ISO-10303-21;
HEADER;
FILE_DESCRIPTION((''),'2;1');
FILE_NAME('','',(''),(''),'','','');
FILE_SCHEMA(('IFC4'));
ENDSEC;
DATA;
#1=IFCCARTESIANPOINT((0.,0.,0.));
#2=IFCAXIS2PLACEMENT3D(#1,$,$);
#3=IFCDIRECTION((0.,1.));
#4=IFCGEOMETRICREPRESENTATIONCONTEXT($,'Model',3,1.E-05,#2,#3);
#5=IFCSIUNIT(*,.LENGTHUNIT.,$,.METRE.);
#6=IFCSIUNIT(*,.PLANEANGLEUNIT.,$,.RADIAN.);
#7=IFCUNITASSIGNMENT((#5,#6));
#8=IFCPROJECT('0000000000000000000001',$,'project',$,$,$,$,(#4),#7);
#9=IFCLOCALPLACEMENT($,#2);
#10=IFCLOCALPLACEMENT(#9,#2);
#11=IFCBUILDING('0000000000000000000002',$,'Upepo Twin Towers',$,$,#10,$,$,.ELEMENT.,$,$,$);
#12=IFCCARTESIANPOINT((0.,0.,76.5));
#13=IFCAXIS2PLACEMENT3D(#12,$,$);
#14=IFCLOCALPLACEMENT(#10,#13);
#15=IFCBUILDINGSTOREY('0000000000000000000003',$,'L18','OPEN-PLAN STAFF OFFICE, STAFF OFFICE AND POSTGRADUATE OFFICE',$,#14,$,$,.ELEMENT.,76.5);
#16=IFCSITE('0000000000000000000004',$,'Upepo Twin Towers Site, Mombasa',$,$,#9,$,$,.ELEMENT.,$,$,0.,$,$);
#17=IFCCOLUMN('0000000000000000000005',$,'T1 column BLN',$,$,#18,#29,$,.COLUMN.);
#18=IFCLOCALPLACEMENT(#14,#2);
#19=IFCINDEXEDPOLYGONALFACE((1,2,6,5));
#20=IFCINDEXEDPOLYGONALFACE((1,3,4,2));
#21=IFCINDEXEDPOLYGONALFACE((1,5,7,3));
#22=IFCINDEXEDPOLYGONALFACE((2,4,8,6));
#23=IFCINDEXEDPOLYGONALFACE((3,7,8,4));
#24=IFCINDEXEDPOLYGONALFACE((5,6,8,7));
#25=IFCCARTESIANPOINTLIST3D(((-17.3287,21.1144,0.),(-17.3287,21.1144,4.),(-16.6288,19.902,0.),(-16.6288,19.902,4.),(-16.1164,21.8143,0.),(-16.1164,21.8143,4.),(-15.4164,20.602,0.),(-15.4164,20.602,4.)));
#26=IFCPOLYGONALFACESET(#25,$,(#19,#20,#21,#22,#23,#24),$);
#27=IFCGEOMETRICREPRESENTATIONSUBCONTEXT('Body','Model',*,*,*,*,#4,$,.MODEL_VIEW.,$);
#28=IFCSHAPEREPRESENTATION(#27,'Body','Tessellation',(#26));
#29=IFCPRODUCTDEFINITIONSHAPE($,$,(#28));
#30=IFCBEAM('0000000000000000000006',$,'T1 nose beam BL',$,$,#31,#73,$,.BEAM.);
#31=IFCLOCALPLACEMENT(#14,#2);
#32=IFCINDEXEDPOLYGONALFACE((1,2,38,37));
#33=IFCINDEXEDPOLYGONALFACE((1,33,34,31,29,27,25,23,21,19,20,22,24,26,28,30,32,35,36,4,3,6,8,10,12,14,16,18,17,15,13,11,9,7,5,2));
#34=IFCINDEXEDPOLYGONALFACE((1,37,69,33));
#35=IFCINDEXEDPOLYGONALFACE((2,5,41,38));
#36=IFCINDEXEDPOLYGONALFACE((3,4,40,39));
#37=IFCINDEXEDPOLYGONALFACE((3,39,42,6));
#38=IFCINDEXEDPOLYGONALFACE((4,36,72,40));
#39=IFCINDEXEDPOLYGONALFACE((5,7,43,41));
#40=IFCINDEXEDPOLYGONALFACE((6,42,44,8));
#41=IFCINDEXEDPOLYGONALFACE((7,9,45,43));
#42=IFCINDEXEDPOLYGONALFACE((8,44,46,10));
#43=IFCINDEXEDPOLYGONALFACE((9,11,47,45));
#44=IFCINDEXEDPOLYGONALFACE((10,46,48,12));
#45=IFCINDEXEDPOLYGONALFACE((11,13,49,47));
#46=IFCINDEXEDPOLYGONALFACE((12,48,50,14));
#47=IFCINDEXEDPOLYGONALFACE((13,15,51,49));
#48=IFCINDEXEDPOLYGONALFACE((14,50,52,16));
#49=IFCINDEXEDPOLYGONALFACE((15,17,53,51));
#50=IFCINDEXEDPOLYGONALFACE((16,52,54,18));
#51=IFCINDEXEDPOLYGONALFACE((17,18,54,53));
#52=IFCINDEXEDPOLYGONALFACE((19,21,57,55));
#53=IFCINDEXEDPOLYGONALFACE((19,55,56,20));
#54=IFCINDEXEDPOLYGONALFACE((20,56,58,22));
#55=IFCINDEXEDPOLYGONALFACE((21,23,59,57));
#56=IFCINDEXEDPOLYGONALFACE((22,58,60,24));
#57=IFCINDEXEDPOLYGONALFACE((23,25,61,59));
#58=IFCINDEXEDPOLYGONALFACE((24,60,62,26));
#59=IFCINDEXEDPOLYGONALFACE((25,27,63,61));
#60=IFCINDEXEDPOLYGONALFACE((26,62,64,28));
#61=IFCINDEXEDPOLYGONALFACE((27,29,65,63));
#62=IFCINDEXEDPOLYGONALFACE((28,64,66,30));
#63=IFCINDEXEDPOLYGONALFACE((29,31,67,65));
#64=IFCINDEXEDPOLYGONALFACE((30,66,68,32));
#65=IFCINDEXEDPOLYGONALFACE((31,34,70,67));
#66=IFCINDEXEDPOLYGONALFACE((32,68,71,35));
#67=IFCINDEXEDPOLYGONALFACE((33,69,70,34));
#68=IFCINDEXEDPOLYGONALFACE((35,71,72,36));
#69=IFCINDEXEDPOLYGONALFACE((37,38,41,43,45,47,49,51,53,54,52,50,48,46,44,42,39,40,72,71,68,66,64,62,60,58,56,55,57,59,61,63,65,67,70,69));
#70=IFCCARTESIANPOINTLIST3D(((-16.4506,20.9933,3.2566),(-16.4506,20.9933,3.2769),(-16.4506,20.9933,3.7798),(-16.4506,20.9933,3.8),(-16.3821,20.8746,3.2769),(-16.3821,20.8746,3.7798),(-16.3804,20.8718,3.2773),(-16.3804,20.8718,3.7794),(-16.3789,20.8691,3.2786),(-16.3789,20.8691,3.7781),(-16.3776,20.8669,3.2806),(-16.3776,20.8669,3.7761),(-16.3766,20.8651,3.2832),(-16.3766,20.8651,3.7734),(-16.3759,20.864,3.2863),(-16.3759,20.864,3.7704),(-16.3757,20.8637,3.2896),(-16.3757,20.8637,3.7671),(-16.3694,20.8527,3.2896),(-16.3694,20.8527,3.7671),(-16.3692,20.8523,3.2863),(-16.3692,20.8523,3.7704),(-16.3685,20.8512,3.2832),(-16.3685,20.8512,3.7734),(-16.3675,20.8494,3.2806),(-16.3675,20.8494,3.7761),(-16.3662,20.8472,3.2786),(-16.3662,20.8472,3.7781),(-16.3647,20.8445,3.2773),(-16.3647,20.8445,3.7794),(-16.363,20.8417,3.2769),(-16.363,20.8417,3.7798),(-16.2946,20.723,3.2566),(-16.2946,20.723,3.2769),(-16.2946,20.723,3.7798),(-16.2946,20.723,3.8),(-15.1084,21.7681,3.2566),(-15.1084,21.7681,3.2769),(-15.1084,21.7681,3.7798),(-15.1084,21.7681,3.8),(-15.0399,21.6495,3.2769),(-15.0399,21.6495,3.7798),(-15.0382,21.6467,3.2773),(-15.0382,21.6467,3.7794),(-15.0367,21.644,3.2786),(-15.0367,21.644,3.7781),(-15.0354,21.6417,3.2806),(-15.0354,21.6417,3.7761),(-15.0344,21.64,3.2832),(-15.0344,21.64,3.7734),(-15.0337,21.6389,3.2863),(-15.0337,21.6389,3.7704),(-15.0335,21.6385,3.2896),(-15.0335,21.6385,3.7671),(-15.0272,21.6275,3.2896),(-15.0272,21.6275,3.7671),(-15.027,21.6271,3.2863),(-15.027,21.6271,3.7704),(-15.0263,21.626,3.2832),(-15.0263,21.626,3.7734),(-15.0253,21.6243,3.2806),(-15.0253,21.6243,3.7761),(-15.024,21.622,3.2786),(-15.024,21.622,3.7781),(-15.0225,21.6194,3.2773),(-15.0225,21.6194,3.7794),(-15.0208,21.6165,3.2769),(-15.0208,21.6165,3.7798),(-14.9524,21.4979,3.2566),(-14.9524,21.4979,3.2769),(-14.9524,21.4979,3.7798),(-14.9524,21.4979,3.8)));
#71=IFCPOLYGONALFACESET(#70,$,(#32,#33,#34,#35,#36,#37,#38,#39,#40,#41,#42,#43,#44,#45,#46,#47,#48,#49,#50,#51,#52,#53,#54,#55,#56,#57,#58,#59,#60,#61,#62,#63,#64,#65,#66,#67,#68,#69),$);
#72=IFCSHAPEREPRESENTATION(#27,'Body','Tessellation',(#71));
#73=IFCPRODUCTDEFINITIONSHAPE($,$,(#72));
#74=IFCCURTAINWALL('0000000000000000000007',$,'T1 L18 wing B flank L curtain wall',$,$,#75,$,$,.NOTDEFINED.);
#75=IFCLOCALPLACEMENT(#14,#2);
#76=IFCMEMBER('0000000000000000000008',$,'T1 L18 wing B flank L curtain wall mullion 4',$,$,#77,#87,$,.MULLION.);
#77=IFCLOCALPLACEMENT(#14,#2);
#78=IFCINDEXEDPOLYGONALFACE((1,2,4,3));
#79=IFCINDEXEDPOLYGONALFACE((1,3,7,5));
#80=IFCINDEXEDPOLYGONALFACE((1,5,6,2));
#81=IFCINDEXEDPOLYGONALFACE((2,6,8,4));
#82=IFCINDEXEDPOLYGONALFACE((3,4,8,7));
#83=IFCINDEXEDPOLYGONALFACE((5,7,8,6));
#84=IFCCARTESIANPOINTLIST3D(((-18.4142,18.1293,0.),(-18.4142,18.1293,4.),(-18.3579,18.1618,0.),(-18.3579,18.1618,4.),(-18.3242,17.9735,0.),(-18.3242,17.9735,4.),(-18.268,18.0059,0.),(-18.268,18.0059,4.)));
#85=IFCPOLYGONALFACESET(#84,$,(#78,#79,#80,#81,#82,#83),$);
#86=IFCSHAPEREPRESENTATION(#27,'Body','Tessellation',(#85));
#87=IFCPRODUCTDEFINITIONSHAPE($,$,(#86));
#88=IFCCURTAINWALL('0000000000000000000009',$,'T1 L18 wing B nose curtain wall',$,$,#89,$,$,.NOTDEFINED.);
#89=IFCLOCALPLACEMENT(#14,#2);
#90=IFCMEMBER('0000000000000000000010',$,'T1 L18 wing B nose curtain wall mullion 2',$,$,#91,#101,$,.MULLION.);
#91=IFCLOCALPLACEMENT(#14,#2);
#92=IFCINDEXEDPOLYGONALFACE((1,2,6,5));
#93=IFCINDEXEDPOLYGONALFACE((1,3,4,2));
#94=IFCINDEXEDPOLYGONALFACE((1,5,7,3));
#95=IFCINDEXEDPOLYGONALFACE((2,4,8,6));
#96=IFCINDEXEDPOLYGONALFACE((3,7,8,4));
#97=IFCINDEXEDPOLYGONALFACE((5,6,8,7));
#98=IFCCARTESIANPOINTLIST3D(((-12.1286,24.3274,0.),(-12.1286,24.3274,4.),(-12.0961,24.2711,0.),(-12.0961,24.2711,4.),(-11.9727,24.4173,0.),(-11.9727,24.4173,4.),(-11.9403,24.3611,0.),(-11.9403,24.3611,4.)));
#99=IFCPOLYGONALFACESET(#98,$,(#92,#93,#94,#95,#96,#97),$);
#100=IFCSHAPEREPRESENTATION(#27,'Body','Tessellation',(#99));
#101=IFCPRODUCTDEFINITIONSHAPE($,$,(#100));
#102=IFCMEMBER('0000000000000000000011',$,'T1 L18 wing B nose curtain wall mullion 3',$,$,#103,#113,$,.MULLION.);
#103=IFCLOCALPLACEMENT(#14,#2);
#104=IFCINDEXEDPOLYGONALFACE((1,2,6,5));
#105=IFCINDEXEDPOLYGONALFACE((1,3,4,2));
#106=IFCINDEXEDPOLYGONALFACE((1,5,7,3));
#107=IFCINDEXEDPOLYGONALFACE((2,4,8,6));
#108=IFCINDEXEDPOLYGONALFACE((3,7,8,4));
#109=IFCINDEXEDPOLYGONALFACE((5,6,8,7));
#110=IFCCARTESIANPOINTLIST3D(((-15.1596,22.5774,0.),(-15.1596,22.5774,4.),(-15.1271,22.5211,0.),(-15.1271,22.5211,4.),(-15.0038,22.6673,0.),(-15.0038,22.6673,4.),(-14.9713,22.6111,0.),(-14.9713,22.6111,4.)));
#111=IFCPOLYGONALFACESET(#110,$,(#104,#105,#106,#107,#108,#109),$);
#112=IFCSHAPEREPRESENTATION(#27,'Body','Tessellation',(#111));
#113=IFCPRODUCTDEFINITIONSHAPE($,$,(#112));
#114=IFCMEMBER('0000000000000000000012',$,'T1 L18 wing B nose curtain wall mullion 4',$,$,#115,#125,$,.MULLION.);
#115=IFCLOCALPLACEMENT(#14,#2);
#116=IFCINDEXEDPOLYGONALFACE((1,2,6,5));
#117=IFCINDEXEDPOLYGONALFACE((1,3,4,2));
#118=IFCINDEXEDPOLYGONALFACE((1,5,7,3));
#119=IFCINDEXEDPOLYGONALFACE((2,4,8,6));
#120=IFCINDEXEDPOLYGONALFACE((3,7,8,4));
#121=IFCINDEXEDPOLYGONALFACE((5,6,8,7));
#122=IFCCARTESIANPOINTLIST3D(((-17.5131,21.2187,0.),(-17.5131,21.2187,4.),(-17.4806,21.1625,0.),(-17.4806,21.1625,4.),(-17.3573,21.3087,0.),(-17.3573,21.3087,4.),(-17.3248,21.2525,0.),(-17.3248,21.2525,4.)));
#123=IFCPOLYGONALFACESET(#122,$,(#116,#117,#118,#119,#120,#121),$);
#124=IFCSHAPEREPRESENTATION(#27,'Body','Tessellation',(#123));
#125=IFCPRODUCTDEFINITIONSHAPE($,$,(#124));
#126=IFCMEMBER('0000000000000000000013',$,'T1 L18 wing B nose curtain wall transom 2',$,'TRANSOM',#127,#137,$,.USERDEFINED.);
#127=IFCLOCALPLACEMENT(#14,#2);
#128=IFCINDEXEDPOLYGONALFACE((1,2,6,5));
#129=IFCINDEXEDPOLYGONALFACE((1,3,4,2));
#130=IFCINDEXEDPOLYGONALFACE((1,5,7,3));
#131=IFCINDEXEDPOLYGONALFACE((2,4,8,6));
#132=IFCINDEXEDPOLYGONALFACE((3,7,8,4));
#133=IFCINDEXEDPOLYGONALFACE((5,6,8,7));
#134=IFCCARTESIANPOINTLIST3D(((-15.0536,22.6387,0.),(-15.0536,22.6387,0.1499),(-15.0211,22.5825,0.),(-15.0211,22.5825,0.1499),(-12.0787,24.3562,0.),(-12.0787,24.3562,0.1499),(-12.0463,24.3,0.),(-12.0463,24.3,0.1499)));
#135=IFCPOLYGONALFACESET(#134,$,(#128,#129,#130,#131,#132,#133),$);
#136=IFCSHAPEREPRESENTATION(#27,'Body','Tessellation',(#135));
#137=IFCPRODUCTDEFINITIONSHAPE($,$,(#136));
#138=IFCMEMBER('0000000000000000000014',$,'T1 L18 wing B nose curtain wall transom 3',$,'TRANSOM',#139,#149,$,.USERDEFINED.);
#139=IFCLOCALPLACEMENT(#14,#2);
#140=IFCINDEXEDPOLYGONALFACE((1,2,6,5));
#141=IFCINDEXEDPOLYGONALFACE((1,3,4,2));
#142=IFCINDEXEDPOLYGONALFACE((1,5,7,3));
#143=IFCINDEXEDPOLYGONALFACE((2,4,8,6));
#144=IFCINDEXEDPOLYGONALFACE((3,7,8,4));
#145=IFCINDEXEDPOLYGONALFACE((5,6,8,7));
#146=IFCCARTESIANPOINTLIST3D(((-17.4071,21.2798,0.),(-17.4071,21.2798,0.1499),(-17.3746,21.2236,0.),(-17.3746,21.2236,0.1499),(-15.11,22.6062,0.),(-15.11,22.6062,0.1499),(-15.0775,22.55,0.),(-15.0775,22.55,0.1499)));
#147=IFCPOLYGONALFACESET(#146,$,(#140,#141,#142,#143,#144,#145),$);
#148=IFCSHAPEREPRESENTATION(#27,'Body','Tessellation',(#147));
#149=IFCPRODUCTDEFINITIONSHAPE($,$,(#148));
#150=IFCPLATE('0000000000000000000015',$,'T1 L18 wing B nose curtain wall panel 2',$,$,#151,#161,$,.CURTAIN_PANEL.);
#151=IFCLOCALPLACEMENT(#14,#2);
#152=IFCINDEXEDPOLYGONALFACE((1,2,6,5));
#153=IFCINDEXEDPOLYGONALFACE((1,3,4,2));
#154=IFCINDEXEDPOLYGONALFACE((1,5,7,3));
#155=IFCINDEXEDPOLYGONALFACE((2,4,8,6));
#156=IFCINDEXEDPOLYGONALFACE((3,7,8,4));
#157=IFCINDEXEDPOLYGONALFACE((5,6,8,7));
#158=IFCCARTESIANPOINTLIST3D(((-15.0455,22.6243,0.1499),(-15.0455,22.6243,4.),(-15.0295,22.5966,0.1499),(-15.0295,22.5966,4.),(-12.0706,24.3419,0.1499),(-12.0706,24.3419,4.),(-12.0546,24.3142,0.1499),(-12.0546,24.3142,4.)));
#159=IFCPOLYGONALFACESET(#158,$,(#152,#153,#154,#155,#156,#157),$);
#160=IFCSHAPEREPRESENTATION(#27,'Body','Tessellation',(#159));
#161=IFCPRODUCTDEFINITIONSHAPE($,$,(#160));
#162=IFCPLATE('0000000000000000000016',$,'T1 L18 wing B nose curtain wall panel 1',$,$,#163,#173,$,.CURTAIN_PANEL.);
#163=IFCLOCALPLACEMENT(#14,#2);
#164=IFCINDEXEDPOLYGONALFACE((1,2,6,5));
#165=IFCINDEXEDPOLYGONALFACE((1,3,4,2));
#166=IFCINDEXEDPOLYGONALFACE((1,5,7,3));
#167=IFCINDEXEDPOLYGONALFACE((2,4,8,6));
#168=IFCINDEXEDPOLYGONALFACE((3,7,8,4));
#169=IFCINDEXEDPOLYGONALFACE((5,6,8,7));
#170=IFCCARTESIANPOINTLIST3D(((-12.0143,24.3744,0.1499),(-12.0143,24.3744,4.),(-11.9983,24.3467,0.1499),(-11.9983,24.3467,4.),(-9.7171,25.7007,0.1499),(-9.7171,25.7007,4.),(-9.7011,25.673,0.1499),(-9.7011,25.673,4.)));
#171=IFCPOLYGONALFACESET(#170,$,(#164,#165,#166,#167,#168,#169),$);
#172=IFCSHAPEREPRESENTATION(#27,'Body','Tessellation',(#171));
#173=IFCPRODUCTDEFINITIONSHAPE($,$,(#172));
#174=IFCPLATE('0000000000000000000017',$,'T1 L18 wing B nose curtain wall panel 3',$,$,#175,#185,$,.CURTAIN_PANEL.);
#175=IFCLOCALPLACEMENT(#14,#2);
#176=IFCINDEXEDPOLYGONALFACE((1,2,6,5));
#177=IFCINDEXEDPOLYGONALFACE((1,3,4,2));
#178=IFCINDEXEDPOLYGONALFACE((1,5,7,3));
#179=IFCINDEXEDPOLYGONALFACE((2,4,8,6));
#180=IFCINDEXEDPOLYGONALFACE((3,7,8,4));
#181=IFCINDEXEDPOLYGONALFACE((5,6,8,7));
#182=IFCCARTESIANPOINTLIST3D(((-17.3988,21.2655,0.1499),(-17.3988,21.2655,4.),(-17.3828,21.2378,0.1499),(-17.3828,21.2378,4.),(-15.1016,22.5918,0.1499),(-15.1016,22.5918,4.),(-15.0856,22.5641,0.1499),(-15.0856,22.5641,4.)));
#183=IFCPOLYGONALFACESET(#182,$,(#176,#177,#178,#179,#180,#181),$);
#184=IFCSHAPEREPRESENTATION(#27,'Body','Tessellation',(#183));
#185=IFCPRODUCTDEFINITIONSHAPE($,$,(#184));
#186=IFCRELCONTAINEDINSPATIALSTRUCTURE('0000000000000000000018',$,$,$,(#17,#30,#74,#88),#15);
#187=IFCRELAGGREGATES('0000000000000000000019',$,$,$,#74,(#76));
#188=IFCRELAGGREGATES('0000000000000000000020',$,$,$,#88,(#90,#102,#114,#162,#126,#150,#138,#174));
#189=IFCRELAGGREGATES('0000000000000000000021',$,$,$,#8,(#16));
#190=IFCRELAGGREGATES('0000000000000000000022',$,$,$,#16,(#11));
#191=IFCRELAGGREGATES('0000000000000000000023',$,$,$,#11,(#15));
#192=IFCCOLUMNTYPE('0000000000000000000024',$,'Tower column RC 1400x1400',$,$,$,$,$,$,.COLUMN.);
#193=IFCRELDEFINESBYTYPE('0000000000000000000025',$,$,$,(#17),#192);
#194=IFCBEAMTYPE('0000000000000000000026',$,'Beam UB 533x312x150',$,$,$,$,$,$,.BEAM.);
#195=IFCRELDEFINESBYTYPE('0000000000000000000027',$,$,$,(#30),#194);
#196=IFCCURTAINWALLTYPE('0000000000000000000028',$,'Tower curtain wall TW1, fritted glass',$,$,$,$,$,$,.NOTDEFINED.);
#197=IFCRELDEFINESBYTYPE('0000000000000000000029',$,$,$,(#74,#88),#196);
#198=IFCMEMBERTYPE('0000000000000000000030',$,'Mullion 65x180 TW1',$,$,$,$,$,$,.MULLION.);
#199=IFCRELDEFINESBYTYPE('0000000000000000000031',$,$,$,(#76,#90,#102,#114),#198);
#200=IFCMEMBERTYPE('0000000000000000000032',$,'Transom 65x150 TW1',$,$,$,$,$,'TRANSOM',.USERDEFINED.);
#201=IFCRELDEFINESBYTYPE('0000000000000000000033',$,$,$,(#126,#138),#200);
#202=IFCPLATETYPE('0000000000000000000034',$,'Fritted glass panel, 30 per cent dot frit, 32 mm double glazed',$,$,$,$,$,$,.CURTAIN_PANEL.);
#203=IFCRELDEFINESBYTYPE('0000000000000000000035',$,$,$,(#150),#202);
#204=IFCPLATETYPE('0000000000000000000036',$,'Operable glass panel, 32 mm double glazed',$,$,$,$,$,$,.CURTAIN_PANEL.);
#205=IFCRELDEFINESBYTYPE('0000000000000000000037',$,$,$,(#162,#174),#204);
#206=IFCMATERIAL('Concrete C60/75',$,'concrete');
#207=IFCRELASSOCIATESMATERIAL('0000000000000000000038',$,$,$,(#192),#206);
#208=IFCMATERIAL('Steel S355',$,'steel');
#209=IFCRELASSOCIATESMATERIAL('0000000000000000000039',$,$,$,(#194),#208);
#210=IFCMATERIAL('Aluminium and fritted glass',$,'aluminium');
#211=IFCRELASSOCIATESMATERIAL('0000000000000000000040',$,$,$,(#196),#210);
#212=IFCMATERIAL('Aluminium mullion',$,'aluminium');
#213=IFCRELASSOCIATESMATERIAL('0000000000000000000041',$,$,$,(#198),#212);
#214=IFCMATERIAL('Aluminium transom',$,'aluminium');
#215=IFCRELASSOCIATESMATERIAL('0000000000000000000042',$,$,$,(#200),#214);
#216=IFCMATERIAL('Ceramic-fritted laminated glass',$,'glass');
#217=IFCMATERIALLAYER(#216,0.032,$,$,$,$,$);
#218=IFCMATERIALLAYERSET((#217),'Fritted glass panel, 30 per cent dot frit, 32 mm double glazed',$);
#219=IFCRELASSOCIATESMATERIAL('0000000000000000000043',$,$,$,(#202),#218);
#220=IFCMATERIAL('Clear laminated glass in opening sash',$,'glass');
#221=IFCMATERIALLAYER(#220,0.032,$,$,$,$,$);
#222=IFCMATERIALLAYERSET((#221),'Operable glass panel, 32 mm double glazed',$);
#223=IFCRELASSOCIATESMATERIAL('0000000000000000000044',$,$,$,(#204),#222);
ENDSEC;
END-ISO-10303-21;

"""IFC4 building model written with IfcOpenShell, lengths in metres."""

from ifc_helpers import new_model, si_unit, direction, frame, origin, origin_2d, place, context, subcontext, project, spatial, rectangle, i_section, extrude, material, layer, layer_set, material_profile, profile_set, type_object, element, aggregate, save


model = new_model("IFC4")

# Units and contexts
model_context = context("Model", 3, precision=1e-05, world=origin(), true_north=direction((0.0, 1.0)))
body_context = subcontext(model_context, "Body", "Model", "MODEL_VIEW")
ifc_project = project(units=[si_unit("LENGTHUNIT", "METRE"), si_unit("PLANEANGLEUNIT", "RADIAN")], contexts=[model_context])

# Site, building, storey
site_placement = place(None, origin())
site = spatial("IfcSite", under=ifc_project, at=site_placement, Name="Upepo Twin Towers Site, Mombasa", CompositionType="ELEMENT", RefElevation=0.0)
building_placement = place(site_placement, origin())
building = spatial("IfcBuilding", under=site, at=building_placement, Name="Upepo Twin Towers", CompositionType="ELEMENT")
storey_placement = place(building_placement, frame((0.0, 0.0, 76.5)))
storey = spatial("IfcBuildingStorey", under=building, at=storey_placement, Name="L18", Description="OPEN-PLAN STAFF OFFICE, STAFF OFFICE AND POSTGRADUATE OFFICE", CompositionType="ELEMENT", Elevation=76.5)

# Column
ifc_material_1 = material(Name="Concrete C60/75", Category="concrete")
ifc_material_profile_1 = material_profile(ifc_material_1, rectangle(XDim=1.3999, YDim=1.3999, at=origin_2d()), Name="RC 1400x1400")
ifc_profile_set_1 = profile_set([ifc_material_profile_1], Name="Concrete C60/75")
column_type = type_object("IfcColumnType", Name="Tower column RC 1400x1400", PredefinedType="COLUMN", material=ifc_profile_set_1)
column_placement = place(storey_placement, frame((-16.3726, 20.8582, 0.0), z_axis=(0.0, 0.0, 1.0), x_axis=(0.866025, 0.5, 0.0)))
element("IfcColumn", 1, at=column_placement, inside=storey, type_object=column_type, Name="T1 column BLN", PredefinedType="COLUMN", context=body_context, shape_type="SweptSolid", body=[
    extrude(rectangle(XDim=1.3999, YDim=1.3999, at=origin_2d()), origin(), (0.0, 0.0, 1.0), 4.0),
])

# Beam
ifc_material_2 = material(Name="Steel S355", Category="steel")
ifc_material_profile_2 = material_profile(ifc_material_2, i_section(OverallWidth=0.312, OverallDepth=0.5435, WebThickness=0.0127, FlangeThickness=0.0203, FilletRadius=0.0127, at=origin_2d()), Name="UB 533x312x150")
ifc_profile_set_2 = profile_set([ifc_material_profile_2], Name="Steel S355")
beam_type = type_object("IfcBeamType", Name="Beam UB 533x312x150", PredefinedType="BEAM", material=ifc_profile_set_2)
beam_placement = place(storey_placement, frame((-16.3726, 20.8582, 3.5283), z_axis=(0.866044, 0.499968, 0.0), x_axis=(-0.499968, 0.866044, 0.0)))
element("IfcBeam", 2, at=beam_placement, inside=storey, type_object=beam_type, Name="T1 nose beam BL", PredefinedType="BEAM", context=body_context, shape_type="SweptSolid", body=[
    extrude(i_section(OverallWidth=0.312, OverallDepth=0.5435, WebThickness=0.0127, FlangeThickness=0.0203, FilletRadius=0.0127, at=origin_2d()), origin(), (0.0, 0.0, 1.0), 1.5498),
])

# Curtain wall, member
ifc_material_3 = material(Name="Aluminium and fritted glass", Category="aluminium")
curtain_wall_type = type_object("IfcCurtainWallType", Name="Tower curtain wall TW1, fritted glass", PredefinedType="NOTDEFINED", material=ifc_material_3)
curtain_wall_1_placement = place(storey_placement, origin())
curtain_wall_1 = element("IfcCurtainWall", 3, at=curtain_wall_1_placement, inside=storey, type_object=curtain_wall_type, Name="T1 L18 wing B flank L curtain wall", PredefinedType="NOTDEFINED")
ifc_material_4 = material(Name="Aluminium mullion", Category="aluminium")
ifc_material_profile_3 = material_profile(ifc_material_4, rectangle(XDim=0.0649, YDim=0.1799, at=origin_2d()), Name="MULLION 65x180")
ifc_profile_set_3 = profile_set([ifc_material_profile_3], Name="Aluminium mullion")
member_type_1 = type_object("IfcMemberType", Name="Mullion 65x180 TW1", PredefinedType="MULLION", material=ifc_profile_set_3)
member_1_placement = place(storey_placement, frame((-18.3411, 18.0676, 0.0), z_axis=(0.0, 0.0, 1.0), x_axis=(-0.866025, -0.5, 0.0)))
member_1 = element("IfcMember", 4, at=member_1_placement, type_object=member_type_1, Name="T1 L18 wing B flank L curtain wall mullion 4", PredefinedType="MULLION", context=body_context, shape_type="SweptSolid", body=[
    extrude(rectangle(XDim=0.0649, YDim=0.1799, at=origin_2d()), origin(), (0.0, 0.0, 1.0), 4.0),
])
aggregate(curtain_wall_1, [member_1])

# Curtain wall, members, plates
curtain_wall_2_placement = place(storey_placement, origin())
curtain_wall_2 = element("IfcCurtainWall", 5, at=curtain_wall_2_placement, inside=storey, type_object=curtain_wall_type, Name="T1 L18 wing B nose curtain wall", PredefinedType="NOTDEFINED")
member_2_placement = place(storey_placement, frame((-12.0344, 24.3442, 0.0), z_axis=(0.0, 0.0, 1.0), x_axis=(0.5, -0.866025, 0.0)))
member_2 = element("IfcMember", 6, at=member_2_placement, type_object=member_type_1, Name="T1 L18 wing B nose curtain wall mullion 2", PredefinedType="MULLION", context=body_context, shape_type="SweptSolid", body=[
    extrude(rectangle(XDim=0.0649, YDim=0.1799, at=origin_2d()), origin(), (0.0, 0.0, 1.0), 4.0),
])
member_3_placement = place(storey_placement, frame((-15.0654, 22.5942, 0.0), z_axis=(0.0, 0.0, 1.0), x_axis=(0.5, -0.866025, 0.0)))
member_3 = element("IfcMember", 7, at=member_3_placement, type_object=member_type_1, Name="T1 L18 wing B nose curtain wall mullion 3", PredefinedType="MULLION", context=body_context, shape_type="SweptSolid", body=[
    extrude(rectangle(XDim=0.0649, YDim=0.1799, at=origin_2d()), origin(), (0.0, 0.0, 1.0), 4.0),
])
member_4_placement = place(storey_placement, frame((-17.4189, 21.2356, 0.0), z_axis=(0.0, 0.0, 1.0), x_axis=(0.5, -0.866025, 0.0)))
member_4 = element("IfcMember", 8, at=member_4_placement, type_object=member_type_1, Name="T1 L18 wing B nose curtain wall mullion 4", PredefinedType="MULLION", context=body_context, shape_type="SweptSolid", body=[
    extrude(rectangle(XDim=0.0649, YDim=0.1799, at=origin_2d()), origin(), (0.0, 0.0, 1.0), 4.0),
])
ifc_material_5 = material(Name="Aluminium transom", Category="aluminium")
ifc_material_profile_4 = material_profile(ifc_material_5, rectangle(XDim=0.0649, YDim=0.1499, at=origin_2d()), Name="TRANSOM 65x150")
ifc_profile_set_4 = profile_set([ifc_material_profile_4], Name="Aluminium transom")
member_type_2 = type_object("IfcMemberType", Name="Transom 65x150 TW1", ElementType="TRANSOM", PredefinedType="USERDEFINED", material=ifc_profile_set_4)
member_5_placement = place(storey_placement, frame((-12.0625, 24.3281, 0.075), z_axis=(-0.866026, -0.499999, 0.0), x_axis=(0.499999, -0.866026, 0.0)))
member_5 = element("IfcMember", 9, at=member_5_placement, type_object=member_type_2, Name="T1 L18 wing B nose curtain wall transom 2", ObjectType="TRANSOM", PredefinedType="USERDEFINED", context=body_context, shape_type="SweptSolid", body=[
    extrude(rectangle(XDim=0.0649, YDim=0.1499, at=origin_2d()), origin(), (0.0, 0.0, 1.0), 3.4351),
])
member_6_placement = place(storey_placement, frame((-15.0938, 22.5781, 0.075), z_axis=(-0.865997, -0.500049, 0.0), x_axis=(0.500049, -0.865997, 0.0)))
member_6 = element("IfcMember", 10, at=member_6_placement, type_object=member_type_2, Name="T1 L18 wing B nose curtain wall transom 3", ObjectType="TRANSOM", PredefinedType="USERDEFINED", context=body_context, shape_type="SweptSolid", body=[
    extrude(rectangle(XDim=0.0649, YDim=0.1499, at=origin_2d()), origin(), (0.0, 0.0, 1.0), 2.6526),
])
ifc_material_6 = material(Name="Ceramic-fritted laminated glass", Category="glass")
ifc_layer_1 = layer(ifc_material_6, 0.032)
ifc_layer_set_1 = layer_set([ifc_layer_1], Name="Fritted glass panel, 30 per cent dot frit, 32 mm double glazed")
plate_type_1 = type_object("IfcPlateType", Name="Fritted glass panel, 30 per cent dot frit, 32 mm double glazed", PredefinedType="CURTAIN_PANEL", material=ifc_layer_set_1)
plate_1_placement = place(storey_placement, frame((-13.55, 23.4692, 0.1499), z_axis=(0.0, 0.0, 1.0), x_axis=(-0.866025, -0.5, 0.0)))
plate_1 = element("IfcPlate", 11, at=plate_1_placement, type_object=plate_type_1, Name="T1 L18 wing B nose curtain wall panel 2", PredefinedType="CURTAIN_PANEL", context=body_context, shape_type="SweptSolid", body=[
    extrude(rectangle(XDim=3.4351, YDim=0.032, at=origin_2d()), origin(), (0.0, 0.0, 1.0), 3.8501),
])
ifc_material_7 = material(Name="Clear laminated glass in opening sash", Category="glass")
ifc_layer_2 = layer(ifc_material_7, 0.032)
ifc_layer_set_2 = layer_set([ifc_layer_2], Name="Operable glass panel, 32 mm double glazed")
plate_type_2 = type_object("IfcPlateType", Name="Operable glass panel, 32 mm double glazed", PredefinedType="CURTAIN_PANEL", material=ifc_layer_set_2)
plate_2_placement = place(storey_placement, frame((-10.8577, 25.0237, 0.1499), z_axis=(0.0, 0.0, 1.0), x_axis=(-0.866025, -0.5, 0.0)))
plate_2 = element("IfcPlate", 12, at=plate_2_placement, type_object=plate_type_2, Name="T1 L18 wing B nose curtain wall panel 1", PredefinedType="CURTAIN_PANEL", context=body_context, shape_type="SweptSolid", body=[
    extrude(rectangle(XDim=2.6526, YDim=0.032, at=origin_2d()), origin(), (0.0, 0.0, 1.0), 3.8501),
])
plate_3_placement = place(storey_placement, frame((-16.2422, 21.9148, 0.1499), z_axis=(0.0, 0.0, 1.0), x_axis=(-0.866025, -0.5, 0.0)))
plate_3 = element("IfcPlate", 13, at=plate_3_placement, type_object=plate_type_2, Name="T1 L18 wing B nose curtain wall panel 3", PredefinedType="CURTAIN_PANEL", context=body_context, shape_type="SweptSolid", body=[
    extrude(rectangle(XDim=2.6526, YDim=0.032, at=origin_2d()), origin(), (0.0, 0.0, 1.0), 3.8501),
])
aggregate(curtain_wall_2, [member_2, member_3, member_4, plate_2, member_5, plate_1, member_6, plate_3])

save(model, "model.ifc")
